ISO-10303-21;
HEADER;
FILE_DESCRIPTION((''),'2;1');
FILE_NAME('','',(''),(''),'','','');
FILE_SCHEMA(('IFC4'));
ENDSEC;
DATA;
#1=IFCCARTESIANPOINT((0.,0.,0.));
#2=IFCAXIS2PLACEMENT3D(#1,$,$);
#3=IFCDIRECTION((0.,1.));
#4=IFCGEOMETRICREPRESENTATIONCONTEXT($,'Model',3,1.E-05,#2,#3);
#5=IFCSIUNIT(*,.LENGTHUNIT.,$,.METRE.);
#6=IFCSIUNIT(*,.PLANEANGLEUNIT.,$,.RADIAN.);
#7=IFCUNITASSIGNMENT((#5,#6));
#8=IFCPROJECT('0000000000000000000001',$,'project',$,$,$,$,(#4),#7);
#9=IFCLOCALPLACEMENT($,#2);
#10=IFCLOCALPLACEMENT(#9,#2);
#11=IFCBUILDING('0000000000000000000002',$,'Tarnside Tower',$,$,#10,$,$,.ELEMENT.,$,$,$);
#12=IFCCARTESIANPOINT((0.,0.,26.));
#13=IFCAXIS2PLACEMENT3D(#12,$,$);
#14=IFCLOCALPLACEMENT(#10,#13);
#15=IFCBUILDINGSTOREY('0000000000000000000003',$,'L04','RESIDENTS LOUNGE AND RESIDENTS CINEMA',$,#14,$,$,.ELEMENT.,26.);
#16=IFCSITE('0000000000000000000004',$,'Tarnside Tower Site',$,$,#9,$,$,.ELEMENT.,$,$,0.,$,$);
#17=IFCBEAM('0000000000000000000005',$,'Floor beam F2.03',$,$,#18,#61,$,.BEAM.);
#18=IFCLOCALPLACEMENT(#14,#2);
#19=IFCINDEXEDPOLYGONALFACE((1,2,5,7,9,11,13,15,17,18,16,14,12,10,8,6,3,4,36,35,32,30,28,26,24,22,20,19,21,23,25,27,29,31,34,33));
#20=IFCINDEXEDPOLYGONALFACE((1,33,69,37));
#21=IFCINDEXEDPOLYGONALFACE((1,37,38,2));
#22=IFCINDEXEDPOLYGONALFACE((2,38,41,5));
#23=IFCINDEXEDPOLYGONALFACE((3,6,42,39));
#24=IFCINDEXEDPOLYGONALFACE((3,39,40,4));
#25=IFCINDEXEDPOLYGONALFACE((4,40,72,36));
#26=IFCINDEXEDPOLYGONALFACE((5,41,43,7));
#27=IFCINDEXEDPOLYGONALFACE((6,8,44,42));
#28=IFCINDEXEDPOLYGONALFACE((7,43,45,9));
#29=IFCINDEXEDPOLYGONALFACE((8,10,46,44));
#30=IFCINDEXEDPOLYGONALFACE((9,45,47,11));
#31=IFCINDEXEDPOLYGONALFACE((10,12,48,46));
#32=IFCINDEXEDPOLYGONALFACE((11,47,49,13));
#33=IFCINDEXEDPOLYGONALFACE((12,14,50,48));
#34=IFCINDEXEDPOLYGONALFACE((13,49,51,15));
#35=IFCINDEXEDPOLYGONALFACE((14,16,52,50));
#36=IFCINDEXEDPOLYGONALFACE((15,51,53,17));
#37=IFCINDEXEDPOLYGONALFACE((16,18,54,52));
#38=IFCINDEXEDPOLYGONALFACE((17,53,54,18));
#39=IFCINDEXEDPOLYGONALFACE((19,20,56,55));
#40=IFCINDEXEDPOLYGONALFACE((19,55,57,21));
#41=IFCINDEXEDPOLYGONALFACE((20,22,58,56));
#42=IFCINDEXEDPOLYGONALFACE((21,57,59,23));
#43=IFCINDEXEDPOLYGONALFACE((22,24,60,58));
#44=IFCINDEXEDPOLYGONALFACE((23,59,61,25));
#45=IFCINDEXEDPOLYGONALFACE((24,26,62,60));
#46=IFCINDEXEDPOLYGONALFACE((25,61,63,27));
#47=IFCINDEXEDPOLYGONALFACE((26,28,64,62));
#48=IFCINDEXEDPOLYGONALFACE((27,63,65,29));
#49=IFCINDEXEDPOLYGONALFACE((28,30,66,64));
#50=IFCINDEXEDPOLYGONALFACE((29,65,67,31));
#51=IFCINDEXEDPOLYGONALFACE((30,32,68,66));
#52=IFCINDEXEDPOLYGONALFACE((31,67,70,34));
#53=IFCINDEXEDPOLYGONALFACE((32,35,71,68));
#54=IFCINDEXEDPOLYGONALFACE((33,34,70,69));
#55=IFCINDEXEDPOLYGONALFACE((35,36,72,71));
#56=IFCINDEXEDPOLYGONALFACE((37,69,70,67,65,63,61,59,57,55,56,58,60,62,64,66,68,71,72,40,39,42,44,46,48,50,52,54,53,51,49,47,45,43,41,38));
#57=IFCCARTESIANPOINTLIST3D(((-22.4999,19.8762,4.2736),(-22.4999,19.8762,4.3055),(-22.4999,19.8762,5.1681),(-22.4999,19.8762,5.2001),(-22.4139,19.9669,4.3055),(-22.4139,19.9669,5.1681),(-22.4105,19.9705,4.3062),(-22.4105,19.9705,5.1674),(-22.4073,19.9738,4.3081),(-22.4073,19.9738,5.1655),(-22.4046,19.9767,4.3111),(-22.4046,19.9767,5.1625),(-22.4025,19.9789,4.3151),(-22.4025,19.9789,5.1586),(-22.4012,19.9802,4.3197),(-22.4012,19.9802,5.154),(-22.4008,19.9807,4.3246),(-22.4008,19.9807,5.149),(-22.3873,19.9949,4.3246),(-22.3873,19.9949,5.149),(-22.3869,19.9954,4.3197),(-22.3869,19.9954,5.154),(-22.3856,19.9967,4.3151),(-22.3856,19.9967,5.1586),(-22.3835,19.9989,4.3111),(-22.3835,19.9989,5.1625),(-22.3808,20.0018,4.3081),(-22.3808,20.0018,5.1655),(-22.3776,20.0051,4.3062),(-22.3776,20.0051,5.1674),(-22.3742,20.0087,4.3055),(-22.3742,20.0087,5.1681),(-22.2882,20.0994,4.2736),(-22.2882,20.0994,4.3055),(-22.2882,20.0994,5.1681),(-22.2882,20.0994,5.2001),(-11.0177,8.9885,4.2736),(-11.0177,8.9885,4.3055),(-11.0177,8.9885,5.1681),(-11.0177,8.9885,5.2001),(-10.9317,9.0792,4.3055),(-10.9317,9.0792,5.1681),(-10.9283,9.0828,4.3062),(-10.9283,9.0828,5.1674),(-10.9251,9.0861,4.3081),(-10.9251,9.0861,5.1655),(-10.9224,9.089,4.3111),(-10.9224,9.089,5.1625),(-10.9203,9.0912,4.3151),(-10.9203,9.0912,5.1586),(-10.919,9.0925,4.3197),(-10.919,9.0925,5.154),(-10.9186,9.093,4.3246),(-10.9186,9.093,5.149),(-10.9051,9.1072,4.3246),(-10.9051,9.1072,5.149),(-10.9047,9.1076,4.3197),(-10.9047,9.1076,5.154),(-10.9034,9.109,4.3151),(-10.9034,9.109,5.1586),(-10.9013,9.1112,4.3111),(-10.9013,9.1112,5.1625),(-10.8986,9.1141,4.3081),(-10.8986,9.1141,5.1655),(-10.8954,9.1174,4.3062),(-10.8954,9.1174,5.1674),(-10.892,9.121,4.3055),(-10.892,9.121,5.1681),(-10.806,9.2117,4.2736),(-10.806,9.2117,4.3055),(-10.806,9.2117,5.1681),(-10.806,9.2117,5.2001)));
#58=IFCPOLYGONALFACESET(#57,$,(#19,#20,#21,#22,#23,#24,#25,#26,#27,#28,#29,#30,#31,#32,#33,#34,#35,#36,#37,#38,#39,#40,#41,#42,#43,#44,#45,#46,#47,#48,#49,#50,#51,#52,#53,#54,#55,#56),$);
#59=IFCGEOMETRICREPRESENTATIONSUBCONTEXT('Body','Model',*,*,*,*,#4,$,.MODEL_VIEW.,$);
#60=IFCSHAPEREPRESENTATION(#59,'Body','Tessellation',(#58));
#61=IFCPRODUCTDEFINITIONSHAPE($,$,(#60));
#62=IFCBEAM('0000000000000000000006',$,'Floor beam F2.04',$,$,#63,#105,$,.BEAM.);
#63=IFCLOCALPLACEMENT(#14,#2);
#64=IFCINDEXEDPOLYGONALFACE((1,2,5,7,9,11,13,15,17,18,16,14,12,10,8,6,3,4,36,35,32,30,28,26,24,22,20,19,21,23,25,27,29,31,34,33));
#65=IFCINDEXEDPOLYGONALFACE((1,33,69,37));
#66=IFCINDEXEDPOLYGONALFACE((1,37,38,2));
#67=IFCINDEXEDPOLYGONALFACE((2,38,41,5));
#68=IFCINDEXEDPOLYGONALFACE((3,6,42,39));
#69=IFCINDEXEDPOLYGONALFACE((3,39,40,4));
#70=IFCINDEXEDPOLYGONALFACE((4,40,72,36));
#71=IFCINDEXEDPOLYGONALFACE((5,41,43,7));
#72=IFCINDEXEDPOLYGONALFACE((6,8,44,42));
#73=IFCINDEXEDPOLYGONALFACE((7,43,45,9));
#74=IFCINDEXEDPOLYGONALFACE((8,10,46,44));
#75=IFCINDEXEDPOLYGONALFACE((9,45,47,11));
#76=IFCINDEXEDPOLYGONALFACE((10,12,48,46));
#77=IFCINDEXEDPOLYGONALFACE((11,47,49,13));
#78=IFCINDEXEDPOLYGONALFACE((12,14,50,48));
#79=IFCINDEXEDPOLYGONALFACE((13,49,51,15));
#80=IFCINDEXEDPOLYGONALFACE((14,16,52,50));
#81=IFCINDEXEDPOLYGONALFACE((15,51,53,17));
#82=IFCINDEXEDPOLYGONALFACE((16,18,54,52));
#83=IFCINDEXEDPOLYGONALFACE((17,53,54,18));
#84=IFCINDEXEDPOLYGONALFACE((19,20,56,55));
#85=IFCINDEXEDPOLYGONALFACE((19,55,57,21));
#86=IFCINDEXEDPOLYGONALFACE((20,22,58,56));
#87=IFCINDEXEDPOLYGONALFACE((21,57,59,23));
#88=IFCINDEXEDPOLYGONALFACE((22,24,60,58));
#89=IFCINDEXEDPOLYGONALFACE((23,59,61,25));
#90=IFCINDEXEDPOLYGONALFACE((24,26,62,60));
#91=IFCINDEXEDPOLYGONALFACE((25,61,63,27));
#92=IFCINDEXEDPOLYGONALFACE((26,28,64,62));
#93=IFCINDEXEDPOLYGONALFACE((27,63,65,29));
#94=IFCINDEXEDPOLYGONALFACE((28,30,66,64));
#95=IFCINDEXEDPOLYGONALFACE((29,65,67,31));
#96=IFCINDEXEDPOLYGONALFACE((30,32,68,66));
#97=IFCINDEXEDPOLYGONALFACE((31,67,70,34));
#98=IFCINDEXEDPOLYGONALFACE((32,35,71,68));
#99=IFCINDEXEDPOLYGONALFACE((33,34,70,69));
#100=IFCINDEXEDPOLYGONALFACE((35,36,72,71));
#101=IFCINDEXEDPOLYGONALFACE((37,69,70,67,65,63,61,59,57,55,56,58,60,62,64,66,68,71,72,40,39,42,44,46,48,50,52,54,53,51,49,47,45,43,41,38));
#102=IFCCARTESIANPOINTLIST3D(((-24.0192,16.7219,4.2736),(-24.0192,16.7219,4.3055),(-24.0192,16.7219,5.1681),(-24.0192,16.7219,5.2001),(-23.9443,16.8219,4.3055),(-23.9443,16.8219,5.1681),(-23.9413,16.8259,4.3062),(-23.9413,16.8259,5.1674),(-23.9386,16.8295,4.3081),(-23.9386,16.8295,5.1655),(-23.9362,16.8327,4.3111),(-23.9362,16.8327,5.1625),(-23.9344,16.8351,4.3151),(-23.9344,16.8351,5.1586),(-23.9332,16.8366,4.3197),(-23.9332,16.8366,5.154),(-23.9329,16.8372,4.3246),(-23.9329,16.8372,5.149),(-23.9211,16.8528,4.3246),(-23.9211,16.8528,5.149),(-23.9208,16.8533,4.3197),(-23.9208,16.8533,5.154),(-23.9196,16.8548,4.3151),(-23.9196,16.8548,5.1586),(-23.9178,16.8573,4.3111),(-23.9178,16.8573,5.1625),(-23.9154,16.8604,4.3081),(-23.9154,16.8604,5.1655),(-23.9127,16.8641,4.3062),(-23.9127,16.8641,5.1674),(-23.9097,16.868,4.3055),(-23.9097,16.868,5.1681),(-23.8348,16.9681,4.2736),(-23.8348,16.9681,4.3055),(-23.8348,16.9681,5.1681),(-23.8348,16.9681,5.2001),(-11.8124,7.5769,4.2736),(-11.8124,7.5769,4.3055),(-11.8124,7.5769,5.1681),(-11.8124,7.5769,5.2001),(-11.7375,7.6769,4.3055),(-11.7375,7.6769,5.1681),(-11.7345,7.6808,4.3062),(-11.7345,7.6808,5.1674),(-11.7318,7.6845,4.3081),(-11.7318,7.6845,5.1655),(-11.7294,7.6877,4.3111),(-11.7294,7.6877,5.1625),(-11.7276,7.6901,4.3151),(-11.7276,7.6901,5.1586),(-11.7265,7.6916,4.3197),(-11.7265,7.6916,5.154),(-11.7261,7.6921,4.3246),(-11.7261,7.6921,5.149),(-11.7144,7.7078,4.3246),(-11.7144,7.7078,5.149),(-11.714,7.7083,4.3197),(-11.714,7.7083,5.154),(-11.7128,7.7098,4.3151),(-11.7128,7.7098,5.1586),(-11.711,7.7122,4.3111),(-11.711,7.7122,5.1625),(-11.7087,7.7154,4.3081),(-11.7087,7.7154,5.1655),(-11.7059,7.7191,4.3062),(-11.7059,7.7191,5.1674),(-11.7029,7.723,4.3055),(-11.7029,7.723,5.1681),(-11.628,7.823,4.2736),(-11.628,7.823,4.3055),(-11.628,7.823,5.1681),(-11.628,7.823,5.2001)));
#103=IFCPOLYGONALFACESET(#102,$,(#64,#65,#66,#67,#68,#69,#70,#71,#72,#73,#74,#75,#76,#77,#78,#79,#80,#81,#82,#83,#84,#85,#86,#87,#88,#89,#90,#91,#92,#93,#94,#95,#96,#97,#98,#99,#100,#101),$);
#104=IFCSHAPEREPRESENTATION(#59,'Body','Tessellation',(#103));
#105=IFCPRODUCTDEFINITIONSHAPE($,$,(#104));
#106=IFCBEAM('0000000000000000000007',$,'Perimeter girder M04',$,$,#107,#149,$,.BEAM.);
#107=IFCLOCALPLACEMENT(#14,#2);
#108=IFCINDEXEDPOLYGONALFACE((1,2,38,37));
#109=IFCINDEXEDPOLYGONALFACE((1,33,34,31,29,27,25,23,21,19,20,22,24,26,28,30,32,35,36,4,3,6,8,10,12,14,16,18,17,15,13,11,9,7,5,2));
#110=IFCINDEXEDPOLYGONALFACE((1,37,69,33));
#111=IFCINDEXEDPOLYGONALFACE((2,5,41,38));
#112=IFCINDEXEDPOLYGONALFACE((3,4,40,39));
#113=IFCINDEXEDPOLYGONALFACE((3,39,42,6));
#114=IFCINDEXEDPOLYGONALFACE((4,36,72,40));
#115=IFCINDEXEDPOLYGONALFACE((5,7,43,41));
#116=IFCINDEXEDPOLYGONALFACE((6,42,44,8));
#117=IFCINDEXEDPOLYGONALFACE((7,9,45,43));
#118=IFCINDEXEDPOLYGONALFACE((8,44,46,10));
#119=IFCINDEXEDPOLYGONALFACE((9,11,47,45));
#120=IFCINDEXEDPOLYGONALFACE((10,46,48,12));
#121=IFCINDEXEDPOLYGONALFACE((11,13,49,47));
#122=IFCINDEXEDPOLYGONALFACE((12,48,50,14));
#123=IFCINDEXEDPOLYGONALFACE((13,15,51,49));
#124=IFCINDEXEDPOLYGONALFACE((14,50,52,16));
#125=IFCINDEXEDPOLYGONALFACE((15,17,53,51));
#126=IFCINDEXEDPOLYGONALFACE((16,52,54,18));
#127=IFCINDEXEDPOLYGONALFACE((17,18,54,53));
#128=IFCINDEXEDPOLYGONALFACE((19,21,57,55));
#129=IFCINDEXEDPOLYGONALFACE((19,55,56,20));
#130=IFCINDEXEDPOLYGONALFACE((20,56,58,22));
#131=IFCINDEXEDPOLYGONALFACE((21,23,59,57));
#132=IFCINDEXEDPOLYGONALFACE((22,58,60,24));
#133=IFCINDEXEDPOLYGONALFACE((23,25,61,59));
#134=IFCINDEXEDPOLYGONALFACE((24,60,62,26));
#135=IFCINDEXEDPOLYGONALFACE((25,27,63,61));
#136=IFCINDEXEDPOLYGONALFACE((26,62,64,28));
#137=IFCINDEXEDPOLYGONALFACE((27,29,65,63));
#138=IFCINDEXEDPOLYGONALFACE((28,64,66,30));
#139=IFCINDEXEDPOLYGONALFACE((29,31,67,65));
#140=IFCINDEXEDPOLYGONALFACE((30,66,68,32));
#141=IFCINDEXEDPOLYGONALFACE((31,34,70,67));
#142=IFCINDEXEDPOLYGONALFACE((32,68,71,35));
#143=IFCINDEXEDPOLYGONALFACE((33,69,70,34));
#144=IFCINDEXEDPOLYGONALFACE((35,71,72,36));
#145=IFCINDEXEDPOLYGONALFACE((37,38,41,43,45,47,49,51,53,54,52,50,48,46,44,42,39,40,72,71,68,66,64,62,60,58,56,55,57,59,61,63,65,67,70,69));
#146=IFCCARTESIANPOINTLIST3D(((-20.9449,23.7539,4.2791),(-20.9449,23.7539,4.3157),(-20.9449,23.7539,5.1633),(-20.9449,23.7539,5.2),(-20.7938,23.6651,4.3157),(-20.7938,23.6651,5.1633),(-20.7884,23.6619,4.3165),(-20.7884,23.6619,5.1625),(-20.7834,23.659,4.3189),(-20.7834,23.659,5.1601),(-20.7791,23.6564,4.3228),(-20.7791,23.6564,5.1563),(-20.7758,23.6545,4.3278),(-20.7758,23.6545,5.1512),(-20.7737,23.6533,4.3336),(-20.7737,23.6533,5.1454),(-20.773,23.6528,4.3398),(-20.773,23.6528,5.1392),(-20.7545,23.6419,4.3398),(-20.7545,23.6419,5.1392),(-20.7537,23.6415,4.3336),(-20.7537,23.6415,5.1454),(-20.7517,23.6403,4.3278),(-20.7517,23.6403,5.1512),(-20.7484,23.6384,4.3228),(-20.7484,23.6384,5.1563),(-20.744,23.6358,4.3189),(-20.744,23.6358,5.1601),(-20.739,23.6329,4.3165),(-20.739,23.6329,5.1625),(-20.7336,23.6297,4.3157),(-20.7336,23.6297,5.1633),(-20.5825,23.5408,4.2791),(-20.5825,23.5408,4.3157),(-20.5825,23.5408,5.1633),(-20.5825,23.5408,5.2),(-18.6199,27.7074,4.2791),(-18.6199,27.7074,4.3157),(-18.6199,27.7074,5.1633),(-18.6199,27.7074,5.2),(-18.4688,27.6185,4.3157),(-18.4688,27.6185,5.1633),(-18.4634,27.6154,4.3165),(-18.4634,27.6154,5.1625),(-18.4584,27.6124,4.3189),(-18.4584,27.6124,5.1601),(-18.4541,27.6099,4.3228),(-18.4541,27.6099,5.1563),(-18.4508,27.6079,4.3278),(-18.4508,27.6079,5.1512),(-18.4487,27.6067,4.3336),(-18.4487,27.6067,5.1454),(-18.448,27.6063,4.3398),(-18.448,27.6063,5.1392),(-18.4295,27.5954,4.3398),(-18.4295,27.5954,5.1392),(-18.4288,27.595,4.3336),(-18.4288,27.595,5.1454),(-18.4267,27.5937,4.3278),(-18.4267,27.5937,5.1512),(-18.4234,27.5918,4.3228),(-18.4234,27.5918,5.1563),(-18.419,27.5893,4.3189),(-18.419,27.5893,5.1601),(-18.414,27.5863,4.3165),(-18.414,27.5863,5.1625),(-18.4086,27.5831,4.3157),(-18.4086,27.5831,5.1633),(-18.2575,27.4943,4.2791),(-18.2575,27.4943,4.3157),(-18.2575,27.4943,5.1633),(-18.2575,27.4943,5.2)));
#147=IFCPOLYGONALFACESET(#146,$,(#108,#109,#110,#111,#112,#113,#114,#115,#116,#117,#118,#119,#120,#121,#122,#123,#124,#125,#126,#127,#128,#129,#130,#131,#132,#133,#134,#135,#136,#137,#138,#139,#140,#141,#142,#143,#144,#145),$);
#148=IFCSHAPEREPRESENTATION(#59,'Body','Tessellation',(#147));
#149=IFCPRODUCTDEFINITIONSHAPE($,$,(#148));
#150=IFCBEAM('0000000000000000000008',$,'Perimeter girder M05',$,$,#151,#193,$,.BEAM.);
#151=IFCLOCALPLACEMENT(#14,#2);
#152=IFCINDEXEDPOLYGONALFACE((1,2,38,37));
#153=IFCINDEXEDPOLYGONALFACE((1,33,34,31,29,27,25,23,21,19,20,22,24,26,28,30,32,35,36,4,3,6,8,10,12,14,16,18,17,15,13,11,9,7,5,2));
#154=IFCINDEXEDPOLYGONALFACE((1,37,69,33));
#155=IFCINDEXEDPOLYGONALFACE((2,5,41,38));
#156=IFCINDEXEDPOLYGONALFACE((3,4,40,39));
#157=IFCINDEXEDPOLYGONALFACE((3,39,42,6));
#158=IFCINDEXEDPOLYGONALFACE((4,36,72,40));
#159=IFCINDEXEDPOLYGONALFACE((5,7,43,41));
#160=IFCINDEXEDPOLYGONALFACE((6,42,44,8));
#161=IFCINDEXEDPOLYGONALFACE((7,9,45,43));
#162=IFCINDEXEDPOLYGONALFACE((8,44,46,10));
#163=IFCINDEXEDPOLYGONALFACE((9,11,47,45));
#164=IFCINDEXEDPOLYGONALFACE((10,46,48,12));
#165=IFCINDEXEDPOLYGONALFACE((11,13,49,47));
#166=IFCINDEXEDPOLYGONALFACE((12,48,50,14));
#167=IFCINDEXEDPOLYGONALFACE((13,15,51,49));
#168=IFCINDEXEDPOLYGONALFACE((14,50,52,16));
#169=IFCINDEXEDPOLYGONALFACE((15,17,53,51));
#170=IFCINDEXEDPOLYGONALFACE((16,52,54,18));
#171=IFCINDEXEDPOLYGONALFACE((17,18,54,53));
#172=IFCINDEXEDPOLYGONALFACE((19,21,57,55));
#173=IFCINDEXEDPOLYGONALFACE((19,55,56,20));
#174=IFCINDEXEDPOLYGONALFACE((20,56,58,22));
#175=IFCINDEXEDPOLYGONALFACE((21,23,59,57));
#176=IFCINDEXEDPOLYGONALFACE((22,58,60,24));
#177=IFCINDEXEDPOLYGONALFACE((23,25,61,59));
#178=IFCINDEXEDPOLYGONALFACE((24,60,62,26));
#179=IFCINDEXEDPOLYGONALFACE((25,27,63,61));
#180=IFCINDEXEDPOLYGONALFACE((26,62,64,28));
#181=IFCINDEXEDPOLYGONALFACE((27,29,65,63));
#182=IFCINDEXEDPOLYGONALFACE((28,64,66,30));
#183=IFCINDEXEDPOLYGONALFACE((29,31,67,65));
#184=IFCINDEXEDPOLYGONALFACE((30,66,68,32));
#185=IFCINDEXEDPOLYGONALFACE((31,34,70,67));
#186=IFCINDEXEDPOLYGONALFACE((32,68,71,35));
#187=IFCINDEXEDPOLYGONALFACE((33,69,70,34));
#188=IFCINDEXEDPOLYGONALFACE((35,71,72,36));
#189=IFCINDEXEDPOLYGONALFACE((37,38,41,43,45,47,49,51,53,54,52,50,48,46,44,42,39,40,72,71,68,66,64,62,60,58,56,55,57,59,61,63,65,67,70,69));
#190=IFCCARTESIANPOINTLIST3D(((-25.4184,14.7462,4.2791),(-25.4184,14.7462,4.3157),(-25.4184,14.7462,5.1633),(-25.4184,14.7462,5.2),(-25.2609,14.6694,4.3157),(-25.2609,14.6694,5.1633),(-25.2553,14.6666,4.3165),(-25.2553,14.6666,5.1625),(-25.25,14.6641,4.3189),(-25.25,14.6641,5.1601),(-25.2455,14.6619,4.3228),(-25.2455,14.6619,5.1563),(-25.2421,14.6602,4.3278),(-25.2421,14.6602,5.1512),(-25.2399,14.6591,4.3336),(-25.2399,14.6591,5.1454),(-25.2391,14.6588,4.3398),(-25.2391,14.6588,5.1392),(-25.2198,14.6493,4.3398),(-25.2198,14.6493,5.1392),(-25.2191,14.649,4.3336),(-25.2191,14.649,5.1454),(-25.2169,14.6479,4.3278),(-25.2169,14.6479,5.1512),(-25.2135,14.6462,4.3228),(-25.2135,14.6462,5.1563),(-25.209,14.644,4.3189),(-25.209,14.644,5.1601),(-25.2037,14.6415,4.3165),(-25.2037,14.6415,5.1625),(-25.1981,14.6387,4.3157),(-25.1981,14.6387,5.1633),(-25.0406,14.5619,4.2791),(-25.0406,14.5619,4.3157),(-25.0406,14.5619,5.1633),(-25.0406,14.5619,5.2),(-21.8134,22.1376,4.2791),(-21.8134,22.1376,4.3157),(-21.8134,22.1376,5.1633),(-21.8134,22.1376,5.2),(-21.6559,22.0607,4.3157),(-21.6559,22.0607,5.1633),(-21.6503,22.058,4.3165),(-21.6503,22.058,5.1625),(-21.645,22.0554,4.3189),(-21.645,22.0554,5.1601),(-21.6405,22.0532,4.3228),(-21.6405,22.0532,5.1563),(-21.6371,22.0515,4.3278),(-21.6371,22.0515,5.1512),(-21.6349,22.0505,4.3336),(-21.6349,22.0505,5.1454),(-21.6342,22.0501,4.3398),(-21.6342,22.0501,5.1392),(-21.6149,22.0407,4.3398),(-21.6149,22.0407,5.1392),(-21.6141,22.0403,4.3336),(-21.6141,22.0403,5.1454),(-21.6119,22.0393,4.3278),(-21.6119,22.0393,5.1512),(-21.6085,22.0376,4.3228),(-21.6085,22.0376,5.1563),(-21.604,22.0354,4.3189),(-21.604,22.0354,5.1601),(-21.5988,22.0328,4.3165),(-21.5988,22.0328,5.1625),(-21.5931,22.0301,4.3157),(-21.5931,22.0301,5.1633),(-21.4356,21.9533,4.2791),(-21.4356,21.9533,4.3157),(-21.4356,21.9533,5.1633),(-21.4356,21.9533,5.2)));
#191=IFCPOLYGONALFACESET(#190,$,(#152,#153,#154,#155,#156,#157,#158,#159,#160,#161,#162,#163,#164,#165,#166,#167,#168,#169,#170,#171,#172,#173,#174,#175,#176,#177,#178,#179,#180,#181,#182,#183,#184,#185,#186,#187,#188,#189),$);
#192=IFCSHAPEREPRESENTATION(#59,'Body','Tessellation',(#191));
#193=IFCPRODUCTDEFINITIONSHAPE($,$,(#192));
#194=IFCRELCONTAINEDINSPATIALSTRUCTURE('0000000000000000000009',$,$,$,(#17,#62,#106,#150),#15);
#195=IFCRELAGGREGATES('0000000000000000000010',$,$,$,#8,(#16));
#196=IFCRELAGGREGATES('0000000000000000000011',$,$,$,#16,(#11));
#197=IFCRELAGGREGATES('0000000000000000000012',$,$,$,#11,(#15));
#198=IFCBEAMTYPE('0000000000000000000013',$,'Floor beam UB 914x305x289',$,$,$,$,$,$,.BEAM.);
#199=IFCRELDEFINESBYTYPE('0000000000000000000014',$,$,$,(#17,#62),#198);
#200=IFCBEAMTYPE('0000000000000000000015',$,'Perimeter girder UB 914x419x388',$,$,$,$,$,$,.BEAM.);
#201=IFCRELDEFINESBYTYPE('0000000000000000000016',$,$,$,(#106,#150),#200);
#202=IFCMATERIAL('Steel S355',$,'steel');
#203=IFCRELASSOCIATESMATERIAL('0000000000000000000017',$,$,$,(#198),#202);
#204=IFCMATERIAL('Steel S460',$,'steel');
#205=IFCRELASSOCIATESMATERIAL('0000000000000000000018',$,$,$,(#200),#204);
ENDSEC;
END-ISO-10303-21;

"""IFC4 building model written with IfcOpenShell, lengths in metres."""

from ifc_helpers import new_model, si_unit, direction, frame, origin, origin_2d, place, context, subcontext, project, spatial, i_section, extrude, material, material_profile, profile_set, type_object, element, save


model = new_model("IFC4")

# Units and contexts
model_context = context("Model", 3, precision=1e-05, world=origin(), true_north=direction((0.0, 1.0)))
body_context = subcontext(model_context, "Body", "Model", "MODEL_VIEW")
ifc_project = project(units=[si_unit("LENGTHUNIT", "METRE"), si_unit("PLANEANGLEUNIT", "RADIAN")], contexts=[model_context])

# Site, building, storey
site_placement = place(None, origin())
site = spatial("IfcSite", under=ifc_project, at=site_placement, Name="Tarnside Tower Site", CompositionType="ELEMENT", RefElevation=0.0)
building_placement = place(site_placement, origin())
building = spatial("IfcBuilding", under=site, at=building_placement, Name="Tarnside Tower", CompositionType="ELEMENT")
storey_placement = place(building_placement, frame((0.0, 0.0, 26.0)))
storey = spatial("IfcBuildingStorey", under=building, at=storey_placement, Name="L04", Description="RESIDENTS LOUNGE AND RESIDENTS CINEMA", CompositionType="ELEMENT", Elevation=26.0)

# Beams
ifc_material_1 = material(Name="Steel S355", Category="steel")
ifc_material_profile_1 = material_profile(ifc_material_1, i_section(OverallWidth=0.3076, OverallDepth=0.9265, WebThickness=0.0195, FlangeThickness=0.032, FilletRadius=0.019, at=origin_2d()), Name="UB 914x305x289")
ifc_profile_set_1 = profile_set([ifc_material_profile_1], Name="Steel S355")
beam_type_1 = type_object("IfcBeamType", Name="Floor beam UB 914x305x289", PredefinedType="BEAM", material=ifc_profile_set_1)
beam_1_placement = place(storey_placement, frame((-22.394, 19.9878, 4.7368), z_axis=(0.725642, -0.688072, 0.0), x_axis=(0.688072, 0.725642, 0.0)))
element("IfcBeam", 1, at=beam_1_placement, inside=storey, type_object=beam_type_1, Name="Floor beam F2.03", PredefinedType="BEAM", context=body_context, shape_type="SweptSolid", body=[
    extrude(i_section(OverallWidth=0.3076, OverallDepth=0.9265, WebThickness=0.0195, FlangeThickness=0.032, FilletRadius=0.019, at=origin_2d()), origin(), (0.0, 0.0, 1.0), 15.8235),
])
beam_2_placement = place(storey_placement, frame((-23.927, 16.845, 4.7368), z_axis=(0.800317, -0.599577, 0.0), x_axis=(0.599577, 0.800317, 0.0)))
element("IfcBeam", 2, at=beam_2_placement, inside=storey, type_object=beam_type_1, Name="Floor beam F2.04", PredefinedType="BEAM", context=body_context, shape_type="SweptSolid", body=[
    extrude(i_section(OverallWidth=0.3076, OverallDepth=0.9265, WebThickness=0.0195, FlangeThickness=0.032, FilletRadius=0.019, at=origin_2d()), origin(), (0.0, 0.0, 1.0), 15.2524),
])
ifc_material_2 = material(Name="Steel S460", Category="steel")
ifc_material_profile_2 = material_profile(ifc_material_2, i_section(OverallWidth=0.4204, OverallDepth=0.9209, WebThickness=0.0215, FlangeThickness=0.0366, FilletRadius=0.0242, at=origin_2d()), Name="UB 914x419x388")
ifc_profile_set_2 = profile_set([ifc_material_profile_2], Name="Steel S460")
beam_type_2 = type_object("IfcBeamType", Name="Perimeter girder UB 914x419x388", PredefinedType="BEAM", material=ifc_profile_set_2)
beam_3_placement = place(storey_placement, frame((-18.4387, 27.6008, 4.7395), z_axis=(-0.506929, -0.861988, 0.0), x_axis=(0.861988, -0.506929, 0.0)))
element("IfcBeam", 3, at=beam_3_placement, inside=storey, type_object=beam_type_2, Name="Perimeter girder M04", PredefinedType="BEAM", context=body_context, shape_type="SweptSolid", body=[
    extrude(i_section(OverallWidth=0.4204, OverallDepth=0.9209, WebThickness=0.0215, FlangeThickness=0.0366, FilletRadius=0.0242, at=origin_2d()), origin(), (0.0, 0.0, 1.0), 4.5864),
])
beam_4_placement = place(storey_placement, frame((-21.6245, 22.0454, 4.7395), z_axis=(-0.438369, -0.898795, 0.0), x_axis=(0.898795, -0.438369, 0.0)))
element("IfcBeam", 4, at=beam_4_placement, inside=storey, type_object=beam_type_2, Name="Perimeter girder M05", PredefinedType="BEAM", context=body_context, shape_type="SweptSolid", body=[
    extrude(i_section(OverallWidth=0.4204, OverallDepth=0.9209, WebThickness=0.0215, FlangeThickness=0.0366, FilletRadius=0.0242, at=origin_2d()), origin(), (0.0, 0.0, 1.0), 8.2236),
])

save(model, "model.ifc")
